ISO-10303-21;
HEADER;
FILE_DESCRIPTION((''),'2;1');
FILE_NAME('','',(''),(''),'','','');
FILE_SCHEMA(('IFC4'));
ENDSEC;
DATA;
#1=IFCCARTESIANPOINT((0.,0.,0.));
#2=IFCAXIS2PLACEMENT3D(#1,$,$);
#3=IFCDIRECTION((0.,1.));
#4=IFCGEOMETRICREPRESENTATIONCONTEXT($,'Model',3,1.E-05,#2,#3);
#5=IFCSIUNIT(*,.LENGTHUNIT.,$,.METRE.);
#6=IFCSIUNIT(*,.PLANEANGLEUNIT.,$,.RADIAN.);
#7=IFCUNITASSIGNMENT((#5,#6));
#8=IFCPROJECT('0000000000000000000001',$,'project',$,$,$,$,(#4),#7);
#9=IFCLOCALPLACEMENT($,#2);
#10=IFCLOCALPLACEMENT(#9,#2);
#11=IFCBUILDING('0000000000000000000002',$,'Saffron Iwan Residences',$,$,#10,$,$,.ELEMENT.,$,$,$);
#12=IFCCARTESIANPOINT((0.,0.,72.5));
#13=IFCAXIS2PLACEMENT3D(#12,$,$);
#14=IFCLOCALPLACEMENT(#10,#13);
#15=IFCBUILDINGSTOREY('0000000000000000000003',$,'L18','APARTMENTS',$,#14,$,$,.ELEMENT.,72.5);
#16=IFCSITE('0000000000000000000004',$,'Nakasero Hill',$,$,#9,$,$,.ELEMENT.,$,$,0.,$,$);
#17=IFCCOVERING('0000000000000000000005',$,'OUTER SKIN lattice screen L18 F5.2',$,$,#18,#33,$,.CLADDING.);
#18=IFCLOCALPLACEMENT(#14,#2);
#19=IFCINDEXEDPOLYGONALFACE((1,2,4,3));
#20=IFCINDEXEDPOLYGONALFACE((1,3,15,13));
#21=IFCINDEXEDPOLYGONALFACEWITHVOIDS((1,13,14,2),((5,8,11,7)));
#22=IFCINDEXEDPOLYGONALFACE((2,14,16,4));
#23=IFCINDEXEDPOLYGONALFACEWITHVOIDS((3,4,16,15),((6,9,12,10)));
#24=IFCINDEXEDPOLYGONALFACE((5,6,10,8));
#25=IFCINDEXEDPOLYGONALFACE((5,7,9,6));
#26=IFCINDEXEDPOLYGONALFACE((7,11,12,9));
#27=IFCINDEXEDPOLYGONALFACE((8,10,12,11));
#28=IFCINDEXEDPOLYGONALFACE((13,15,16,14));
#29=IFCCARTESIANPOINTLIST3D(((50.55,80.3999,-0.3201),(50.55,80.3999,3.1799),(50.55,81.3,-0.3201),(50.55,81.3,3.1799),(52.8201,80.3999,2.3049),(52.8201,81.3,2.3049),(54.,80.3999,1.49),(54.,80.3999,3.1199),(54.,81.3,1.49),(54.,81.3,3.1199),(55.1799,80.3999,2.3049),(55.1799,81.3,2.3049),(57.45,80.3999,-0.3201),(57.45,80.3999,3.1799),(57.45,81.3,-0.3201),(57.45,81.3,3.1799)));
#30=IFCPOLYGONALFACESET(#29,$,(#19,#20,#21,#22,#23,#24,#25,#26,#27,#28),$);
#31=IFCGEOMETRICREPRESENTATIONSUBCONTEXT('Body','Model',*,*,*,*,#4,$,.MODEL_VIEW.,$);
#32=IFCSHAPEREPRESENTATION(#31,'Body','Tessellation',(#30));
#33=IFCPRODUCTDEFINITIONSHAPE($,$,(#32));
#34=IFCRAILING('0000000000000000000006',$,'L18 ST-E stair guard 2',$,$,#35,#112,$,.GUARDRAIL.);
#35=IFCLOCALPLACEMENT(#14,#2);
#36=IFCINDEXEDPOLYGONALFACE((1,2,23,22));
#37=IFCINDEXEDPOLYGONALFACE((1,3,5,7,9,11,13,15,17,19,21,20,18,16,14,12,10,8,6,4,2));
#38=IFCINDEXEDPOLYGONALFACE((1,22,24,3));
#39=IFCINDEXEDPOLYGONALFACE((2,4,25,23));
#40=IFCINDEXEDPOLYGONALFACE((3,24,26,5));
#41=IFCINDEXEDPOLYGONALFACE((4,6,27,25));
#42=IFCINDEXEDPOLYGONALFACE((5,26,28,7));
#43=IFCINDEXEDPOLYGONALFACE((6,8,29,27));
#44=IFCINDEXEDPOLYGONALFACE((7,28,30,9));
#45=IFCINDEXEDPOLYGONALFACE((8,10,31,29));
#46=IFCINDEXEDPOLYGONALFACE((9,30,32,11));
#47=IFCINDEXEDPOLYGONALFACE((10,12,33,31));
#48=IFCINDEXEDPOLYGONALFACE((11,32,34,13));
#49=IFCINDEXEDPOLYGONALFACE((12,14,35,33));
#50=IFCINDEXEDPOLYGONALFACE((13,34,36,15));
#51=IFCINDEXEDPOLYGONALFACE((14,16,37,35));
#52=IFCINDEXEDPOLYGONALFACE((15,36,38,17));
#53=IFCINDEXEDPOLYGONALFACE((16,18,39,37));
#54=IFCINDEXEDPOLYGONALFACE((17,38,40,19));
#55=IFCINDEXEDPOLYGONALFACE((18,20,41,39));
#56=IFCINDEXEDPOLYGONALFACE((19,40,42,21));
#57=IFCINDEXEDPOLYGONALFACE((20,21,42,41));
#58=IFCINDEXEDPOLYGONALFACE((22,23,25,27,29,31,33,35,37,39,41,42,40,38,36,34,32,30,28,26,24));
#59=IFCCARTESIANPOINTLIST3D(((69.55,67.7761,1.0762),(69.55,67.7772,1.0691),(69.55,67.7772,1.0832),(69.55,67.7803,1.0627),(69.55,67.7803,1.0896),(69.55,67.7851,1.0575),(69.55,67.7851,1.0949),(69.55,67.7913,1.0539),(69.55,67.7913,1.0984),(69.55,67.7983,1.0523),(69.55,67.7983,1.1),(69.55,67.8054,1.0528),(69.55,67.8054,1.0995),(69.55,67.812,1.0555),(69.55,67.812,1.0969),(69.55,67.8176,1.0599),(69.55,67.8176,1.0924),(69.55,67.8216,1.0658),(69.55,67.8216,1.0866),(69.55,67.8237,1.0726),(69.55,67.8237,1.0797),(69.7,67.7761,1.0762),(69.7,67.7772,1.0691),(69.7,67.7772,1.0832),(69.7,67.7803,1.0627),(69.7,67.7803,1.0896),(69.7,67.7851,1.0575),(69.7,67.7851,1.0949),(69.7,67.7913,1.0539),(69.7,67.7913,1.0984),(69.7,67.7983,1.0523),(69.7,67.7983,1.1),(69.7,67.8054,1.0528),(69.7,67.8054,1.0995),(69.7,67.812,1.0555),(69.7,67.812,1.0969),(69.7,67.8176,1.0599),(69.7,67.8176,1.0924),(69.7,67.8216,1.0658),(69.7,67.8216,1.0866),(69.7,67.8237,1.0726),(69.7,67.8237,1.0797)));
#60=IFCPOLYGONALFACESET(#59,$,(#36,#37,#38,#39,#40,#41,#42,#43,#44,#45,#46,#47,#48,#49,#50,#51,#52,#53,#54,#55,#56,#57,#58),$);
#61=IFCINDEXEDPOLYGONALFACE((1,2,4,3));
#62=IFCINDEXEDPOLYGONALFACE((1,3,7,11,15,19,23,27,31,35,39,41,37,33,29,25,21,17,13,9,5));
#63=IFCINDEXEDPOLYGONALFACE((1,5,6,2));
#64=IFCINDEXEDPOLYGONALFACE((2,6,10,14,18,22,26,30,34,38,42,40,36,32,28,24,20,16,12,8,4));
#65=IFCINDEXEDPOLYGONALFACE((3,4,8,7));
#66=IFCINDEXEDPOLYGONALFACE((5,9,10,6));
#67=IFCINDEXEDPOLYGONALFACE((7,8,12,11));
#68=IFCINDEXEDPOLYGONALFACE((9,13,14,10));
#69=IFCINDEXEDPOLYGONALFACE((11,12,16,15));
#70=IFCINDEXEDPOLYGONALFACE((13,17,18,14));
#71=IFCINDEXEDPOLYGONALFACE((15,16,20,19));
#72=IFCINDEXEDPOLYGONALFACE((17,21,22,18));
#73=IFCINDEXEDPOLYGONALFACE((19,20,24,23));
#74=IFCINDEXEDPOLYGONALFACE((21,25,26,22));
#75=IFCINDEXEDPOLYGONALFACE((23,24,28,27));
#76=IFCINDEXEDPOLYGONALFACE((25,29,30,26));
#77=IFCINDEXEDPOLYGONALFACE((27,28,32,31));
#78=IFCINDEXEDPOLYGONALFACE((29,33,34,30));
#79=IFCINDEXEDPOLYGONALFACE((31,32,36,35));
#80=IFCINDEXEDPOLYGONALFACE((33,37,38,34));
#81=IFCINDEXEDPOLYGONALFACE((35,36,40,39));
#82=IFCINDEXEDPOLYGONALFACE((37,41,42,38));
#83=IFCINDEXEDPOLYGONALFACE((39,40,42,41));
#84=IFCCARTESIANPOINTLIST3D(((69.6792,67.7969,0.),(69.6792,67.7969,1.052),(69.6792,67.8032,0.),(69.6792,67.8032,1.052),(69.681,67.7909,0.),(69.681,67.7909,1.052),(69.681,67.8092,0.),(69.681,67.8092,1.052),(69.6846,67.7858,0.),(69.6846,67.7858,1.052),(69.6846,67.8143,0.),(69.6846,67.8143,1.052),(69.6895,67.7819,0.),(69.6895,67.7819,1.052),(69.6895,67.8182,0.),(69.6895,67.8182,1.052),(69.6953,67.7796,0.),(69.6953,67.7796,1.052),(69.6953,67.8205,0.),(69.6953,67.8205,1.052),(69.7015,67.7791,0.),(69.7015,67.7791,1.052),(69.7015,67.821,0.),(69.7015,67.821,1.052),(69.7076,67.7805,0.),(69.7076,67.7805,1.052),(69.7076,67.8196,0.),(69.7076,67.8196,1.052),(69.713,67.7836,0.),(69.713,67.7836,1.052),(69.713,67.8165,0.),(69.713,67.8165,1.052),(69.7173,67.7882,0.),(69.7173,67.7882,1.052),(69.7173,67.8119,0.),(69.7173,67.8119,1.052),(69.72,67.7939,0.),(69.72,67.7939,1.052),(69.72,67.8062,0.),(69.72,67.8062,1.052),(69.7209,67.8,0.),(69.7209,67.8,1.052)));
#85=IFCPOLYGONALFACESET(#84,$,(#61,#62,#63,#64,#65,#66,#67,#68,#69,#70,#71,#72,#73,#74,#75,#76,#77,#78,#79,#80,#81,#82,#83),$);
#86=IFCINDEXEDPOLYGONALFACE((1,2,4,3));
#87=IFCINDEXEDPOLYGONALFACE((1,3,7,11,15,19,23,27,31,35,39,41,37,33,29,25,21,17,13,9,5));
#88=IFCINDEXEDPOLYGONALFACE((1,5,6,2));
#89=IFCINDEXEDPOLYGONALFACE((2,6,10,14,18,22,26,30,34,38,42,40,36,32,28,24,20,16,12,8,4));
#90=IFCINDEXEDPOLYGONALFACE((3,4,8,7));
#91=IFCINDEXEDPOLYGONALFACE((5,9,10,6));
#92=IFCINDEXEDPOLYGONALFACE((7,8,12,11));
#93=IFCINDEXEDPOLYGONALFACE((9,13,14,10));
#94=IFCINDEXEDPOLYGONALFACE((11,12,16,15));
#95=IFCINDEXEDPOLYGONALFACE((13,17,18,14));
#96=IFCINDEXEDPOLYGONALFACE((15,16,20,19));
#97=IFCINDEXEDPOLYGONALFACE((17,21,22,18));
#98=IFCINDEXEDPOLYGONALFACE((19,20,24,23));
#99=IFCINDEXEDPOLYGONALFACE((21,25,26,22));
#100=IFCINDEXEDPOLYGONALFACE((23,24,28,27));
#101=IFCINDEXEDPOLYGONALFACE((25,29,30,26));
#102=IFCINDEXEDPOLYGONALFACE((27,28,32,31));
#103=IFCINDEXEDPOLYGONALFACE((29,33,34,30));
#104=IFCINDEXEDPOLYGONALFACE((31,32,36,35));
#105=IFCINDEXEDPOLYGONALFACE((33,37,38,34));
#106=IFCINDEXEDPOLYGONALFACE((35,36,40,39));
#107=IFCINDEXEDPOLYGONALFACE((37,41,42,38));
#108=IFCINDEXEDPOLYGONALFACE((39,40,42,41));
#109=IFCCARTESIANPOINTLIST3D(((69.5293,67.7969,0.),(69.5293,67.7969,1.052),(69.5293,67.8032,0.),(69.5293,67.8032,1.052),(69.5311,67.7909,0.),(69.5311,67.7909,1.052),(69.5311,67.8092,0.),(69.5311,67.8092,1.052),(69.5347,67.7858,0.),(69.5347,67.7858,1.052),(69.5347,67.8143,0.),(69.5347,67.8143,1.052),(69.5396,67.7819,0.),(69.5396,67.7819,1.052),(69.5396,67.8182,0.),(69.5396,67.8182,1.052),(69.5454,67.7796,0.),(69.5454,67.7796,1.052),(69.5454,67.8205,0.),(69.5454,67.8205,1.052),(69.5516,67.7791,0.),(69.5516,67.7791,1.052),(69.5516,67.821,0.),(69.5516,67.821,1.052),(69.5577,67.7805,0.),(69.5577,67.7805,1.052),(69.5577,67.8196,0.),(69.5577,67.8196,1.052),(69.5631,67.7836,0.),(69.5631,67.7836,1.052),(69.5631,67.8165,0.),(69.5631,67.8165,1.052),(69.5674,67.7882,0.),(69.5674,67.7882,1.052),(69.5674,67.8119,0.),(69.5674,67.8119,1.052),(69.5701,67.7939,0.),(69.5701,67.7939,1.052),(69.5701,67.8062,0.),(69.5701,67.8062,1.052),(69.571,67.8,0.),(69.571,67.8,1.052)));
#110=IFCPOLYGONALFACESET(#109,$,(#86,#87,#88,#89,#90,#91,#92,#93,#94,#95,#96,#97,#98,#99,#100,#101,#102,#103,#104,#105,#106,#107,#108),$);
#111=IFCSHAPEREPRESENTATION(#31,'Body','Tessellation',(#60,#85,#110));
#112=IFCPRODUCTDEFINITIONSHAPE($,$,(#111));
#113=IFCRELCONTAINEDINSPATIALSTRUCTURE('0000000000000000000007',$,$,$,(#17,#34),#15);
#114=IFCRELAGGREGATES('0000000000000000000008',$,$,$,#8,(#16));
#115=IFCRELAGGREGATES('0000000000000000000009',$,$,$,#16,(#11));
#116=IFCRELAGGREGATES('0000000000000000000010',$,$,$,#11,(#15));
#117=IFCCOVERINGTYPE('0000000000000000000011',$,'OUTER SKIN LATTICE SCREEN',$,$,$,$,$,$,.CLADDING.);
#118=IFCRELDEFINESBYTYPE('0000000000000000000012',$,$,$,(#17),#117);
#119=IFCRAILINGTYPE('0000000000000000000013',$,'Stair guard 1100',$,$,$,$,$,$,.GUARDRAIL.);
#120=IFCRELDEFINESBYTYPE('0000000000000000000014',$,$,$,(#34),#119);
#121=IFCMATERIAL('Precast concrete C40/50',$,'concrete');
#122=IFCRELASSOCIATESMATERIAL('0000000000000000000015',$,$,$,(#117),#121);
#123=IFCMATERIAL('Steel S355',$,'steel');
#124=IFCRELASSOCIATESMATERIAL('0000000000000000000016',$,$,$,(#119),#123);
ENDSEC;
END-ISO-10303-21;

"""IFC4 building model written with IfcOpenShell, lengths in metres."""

from ifc_helpers import new_model, si_unit, direction, frame, origin, origin_2d, place, context, subcontext, project, spatial, polyline, circle, outline, extrude, material, type_object, element, save


model = new_model("IFC4")

# Units and contexts
model_context = context("Model", 3, precision=1e-05, world=origin(), true_north=direction((0.0, 1.0)))
body_context = subcontext(model_context, "Body", "Model", "MODEL_VIEW")
ifc_project = project(units=[si_unit("LENGTHUNIT", "METRE"), si_unit("PLANEANGLEUNIT", "RADIAN")], contexts=[model_context])

# Site, building, storey
site_placement = place(None, origin())
site = spatial("IfcSite", under=ifc_project, at=site_placement, Name="Nakasero Hill", CompositionType="ELEMENT", RefElevation=0.0)
building_placement = place(site_placement, origin())
building = spatial("IfcBuilding", under=site, at=building_placement, Name="Saffron Iwan Residences", CompositionType="ELEMENT")
storey_placement = place(building_placement, frame((0.0, 0.0, 72.5)))
storey = spatial("IfcBuildingStorey", under=building, at=storey_placement, Name="L18", Description="APARTMENTS", CompositionType="ELEMENT", Elevation=72.5)

# Covering
ifc_material_1 = material(Name="Precast concrete C40/50", Category="concrete")
covering_type_1 = type_object("IfcCoveringType", Name="OUTER SKIN LATTICE SCREEN", PredefinedType="CLADDING", material=ifc_material_1)
covering_placement = place(storey_placement, frame((57.45, 80.3999, -0.3201), z_axis=(0.0, 1.0, 0.0), x_axis=(-1.0, 0.0, 0.0)))
element("IfcCovering", 1, at=covering_placement, inside=storey, type_object=covering_type_1, Name="OUTER SKIN lattice screen L18 F5.2", PredefinedType="CLADDING", context=body_context, shape_type="SweptSolid", body=[
    extrude(outline(polyline([(0.0, 0.0), (6.8999, 0.0), (6.8999, 3.5), (0.0, 3.5), (0.0, 0.0)]), holes=[polyline([(2.27, 2.625), (3.45, 1.8101), (4.6299, 2.625), (3.45, 3.4399), (2.27, 2.625)])]), origin(), (0.0, 0.0, 1.0), 0.9001),
])

# Railing
ifc_material_2 = material(Name="Steel S355", Category="steel")
railing_type_1 = type_object("IfcRailingType", Name="Stair guard 1100", PredefinedType="GUARDRAIL", material=ifc_material_2)
railing_1_placement = place(storey_placement, frame((69.7, 67.8, 0.0)))
element("IfcRailing", 2, at=railing_1_placement, inside=storey, type_object=railing_type_1, Name="L18 ST-E stair guard 2", PredefinedType="GUARDRAIL", context=body_context, shape_type="SweptSolid", body=[
    extrude(circle(Radius=0.0239, at=origin_2d()), frame((0.0, 0.0, 1.0762), z_axis=(-1.0, 0.0, 0.0), x_axis=(0.0, -1.0, 0.0)), (0.0, 0.0, 1.0), 0.1499),
    extrude(circle(Radius=0.021, at=origin_2d()), origin(), (0.0, 0.0, 1.0), 1.052),
    extrude(circle(Radius=0.021, at=origin_2d()), frame((-0.1499, 0.0, 0.0)), (0.0, 0.0, 1.0), 1.052),
])

save(model, "model.ifc")
